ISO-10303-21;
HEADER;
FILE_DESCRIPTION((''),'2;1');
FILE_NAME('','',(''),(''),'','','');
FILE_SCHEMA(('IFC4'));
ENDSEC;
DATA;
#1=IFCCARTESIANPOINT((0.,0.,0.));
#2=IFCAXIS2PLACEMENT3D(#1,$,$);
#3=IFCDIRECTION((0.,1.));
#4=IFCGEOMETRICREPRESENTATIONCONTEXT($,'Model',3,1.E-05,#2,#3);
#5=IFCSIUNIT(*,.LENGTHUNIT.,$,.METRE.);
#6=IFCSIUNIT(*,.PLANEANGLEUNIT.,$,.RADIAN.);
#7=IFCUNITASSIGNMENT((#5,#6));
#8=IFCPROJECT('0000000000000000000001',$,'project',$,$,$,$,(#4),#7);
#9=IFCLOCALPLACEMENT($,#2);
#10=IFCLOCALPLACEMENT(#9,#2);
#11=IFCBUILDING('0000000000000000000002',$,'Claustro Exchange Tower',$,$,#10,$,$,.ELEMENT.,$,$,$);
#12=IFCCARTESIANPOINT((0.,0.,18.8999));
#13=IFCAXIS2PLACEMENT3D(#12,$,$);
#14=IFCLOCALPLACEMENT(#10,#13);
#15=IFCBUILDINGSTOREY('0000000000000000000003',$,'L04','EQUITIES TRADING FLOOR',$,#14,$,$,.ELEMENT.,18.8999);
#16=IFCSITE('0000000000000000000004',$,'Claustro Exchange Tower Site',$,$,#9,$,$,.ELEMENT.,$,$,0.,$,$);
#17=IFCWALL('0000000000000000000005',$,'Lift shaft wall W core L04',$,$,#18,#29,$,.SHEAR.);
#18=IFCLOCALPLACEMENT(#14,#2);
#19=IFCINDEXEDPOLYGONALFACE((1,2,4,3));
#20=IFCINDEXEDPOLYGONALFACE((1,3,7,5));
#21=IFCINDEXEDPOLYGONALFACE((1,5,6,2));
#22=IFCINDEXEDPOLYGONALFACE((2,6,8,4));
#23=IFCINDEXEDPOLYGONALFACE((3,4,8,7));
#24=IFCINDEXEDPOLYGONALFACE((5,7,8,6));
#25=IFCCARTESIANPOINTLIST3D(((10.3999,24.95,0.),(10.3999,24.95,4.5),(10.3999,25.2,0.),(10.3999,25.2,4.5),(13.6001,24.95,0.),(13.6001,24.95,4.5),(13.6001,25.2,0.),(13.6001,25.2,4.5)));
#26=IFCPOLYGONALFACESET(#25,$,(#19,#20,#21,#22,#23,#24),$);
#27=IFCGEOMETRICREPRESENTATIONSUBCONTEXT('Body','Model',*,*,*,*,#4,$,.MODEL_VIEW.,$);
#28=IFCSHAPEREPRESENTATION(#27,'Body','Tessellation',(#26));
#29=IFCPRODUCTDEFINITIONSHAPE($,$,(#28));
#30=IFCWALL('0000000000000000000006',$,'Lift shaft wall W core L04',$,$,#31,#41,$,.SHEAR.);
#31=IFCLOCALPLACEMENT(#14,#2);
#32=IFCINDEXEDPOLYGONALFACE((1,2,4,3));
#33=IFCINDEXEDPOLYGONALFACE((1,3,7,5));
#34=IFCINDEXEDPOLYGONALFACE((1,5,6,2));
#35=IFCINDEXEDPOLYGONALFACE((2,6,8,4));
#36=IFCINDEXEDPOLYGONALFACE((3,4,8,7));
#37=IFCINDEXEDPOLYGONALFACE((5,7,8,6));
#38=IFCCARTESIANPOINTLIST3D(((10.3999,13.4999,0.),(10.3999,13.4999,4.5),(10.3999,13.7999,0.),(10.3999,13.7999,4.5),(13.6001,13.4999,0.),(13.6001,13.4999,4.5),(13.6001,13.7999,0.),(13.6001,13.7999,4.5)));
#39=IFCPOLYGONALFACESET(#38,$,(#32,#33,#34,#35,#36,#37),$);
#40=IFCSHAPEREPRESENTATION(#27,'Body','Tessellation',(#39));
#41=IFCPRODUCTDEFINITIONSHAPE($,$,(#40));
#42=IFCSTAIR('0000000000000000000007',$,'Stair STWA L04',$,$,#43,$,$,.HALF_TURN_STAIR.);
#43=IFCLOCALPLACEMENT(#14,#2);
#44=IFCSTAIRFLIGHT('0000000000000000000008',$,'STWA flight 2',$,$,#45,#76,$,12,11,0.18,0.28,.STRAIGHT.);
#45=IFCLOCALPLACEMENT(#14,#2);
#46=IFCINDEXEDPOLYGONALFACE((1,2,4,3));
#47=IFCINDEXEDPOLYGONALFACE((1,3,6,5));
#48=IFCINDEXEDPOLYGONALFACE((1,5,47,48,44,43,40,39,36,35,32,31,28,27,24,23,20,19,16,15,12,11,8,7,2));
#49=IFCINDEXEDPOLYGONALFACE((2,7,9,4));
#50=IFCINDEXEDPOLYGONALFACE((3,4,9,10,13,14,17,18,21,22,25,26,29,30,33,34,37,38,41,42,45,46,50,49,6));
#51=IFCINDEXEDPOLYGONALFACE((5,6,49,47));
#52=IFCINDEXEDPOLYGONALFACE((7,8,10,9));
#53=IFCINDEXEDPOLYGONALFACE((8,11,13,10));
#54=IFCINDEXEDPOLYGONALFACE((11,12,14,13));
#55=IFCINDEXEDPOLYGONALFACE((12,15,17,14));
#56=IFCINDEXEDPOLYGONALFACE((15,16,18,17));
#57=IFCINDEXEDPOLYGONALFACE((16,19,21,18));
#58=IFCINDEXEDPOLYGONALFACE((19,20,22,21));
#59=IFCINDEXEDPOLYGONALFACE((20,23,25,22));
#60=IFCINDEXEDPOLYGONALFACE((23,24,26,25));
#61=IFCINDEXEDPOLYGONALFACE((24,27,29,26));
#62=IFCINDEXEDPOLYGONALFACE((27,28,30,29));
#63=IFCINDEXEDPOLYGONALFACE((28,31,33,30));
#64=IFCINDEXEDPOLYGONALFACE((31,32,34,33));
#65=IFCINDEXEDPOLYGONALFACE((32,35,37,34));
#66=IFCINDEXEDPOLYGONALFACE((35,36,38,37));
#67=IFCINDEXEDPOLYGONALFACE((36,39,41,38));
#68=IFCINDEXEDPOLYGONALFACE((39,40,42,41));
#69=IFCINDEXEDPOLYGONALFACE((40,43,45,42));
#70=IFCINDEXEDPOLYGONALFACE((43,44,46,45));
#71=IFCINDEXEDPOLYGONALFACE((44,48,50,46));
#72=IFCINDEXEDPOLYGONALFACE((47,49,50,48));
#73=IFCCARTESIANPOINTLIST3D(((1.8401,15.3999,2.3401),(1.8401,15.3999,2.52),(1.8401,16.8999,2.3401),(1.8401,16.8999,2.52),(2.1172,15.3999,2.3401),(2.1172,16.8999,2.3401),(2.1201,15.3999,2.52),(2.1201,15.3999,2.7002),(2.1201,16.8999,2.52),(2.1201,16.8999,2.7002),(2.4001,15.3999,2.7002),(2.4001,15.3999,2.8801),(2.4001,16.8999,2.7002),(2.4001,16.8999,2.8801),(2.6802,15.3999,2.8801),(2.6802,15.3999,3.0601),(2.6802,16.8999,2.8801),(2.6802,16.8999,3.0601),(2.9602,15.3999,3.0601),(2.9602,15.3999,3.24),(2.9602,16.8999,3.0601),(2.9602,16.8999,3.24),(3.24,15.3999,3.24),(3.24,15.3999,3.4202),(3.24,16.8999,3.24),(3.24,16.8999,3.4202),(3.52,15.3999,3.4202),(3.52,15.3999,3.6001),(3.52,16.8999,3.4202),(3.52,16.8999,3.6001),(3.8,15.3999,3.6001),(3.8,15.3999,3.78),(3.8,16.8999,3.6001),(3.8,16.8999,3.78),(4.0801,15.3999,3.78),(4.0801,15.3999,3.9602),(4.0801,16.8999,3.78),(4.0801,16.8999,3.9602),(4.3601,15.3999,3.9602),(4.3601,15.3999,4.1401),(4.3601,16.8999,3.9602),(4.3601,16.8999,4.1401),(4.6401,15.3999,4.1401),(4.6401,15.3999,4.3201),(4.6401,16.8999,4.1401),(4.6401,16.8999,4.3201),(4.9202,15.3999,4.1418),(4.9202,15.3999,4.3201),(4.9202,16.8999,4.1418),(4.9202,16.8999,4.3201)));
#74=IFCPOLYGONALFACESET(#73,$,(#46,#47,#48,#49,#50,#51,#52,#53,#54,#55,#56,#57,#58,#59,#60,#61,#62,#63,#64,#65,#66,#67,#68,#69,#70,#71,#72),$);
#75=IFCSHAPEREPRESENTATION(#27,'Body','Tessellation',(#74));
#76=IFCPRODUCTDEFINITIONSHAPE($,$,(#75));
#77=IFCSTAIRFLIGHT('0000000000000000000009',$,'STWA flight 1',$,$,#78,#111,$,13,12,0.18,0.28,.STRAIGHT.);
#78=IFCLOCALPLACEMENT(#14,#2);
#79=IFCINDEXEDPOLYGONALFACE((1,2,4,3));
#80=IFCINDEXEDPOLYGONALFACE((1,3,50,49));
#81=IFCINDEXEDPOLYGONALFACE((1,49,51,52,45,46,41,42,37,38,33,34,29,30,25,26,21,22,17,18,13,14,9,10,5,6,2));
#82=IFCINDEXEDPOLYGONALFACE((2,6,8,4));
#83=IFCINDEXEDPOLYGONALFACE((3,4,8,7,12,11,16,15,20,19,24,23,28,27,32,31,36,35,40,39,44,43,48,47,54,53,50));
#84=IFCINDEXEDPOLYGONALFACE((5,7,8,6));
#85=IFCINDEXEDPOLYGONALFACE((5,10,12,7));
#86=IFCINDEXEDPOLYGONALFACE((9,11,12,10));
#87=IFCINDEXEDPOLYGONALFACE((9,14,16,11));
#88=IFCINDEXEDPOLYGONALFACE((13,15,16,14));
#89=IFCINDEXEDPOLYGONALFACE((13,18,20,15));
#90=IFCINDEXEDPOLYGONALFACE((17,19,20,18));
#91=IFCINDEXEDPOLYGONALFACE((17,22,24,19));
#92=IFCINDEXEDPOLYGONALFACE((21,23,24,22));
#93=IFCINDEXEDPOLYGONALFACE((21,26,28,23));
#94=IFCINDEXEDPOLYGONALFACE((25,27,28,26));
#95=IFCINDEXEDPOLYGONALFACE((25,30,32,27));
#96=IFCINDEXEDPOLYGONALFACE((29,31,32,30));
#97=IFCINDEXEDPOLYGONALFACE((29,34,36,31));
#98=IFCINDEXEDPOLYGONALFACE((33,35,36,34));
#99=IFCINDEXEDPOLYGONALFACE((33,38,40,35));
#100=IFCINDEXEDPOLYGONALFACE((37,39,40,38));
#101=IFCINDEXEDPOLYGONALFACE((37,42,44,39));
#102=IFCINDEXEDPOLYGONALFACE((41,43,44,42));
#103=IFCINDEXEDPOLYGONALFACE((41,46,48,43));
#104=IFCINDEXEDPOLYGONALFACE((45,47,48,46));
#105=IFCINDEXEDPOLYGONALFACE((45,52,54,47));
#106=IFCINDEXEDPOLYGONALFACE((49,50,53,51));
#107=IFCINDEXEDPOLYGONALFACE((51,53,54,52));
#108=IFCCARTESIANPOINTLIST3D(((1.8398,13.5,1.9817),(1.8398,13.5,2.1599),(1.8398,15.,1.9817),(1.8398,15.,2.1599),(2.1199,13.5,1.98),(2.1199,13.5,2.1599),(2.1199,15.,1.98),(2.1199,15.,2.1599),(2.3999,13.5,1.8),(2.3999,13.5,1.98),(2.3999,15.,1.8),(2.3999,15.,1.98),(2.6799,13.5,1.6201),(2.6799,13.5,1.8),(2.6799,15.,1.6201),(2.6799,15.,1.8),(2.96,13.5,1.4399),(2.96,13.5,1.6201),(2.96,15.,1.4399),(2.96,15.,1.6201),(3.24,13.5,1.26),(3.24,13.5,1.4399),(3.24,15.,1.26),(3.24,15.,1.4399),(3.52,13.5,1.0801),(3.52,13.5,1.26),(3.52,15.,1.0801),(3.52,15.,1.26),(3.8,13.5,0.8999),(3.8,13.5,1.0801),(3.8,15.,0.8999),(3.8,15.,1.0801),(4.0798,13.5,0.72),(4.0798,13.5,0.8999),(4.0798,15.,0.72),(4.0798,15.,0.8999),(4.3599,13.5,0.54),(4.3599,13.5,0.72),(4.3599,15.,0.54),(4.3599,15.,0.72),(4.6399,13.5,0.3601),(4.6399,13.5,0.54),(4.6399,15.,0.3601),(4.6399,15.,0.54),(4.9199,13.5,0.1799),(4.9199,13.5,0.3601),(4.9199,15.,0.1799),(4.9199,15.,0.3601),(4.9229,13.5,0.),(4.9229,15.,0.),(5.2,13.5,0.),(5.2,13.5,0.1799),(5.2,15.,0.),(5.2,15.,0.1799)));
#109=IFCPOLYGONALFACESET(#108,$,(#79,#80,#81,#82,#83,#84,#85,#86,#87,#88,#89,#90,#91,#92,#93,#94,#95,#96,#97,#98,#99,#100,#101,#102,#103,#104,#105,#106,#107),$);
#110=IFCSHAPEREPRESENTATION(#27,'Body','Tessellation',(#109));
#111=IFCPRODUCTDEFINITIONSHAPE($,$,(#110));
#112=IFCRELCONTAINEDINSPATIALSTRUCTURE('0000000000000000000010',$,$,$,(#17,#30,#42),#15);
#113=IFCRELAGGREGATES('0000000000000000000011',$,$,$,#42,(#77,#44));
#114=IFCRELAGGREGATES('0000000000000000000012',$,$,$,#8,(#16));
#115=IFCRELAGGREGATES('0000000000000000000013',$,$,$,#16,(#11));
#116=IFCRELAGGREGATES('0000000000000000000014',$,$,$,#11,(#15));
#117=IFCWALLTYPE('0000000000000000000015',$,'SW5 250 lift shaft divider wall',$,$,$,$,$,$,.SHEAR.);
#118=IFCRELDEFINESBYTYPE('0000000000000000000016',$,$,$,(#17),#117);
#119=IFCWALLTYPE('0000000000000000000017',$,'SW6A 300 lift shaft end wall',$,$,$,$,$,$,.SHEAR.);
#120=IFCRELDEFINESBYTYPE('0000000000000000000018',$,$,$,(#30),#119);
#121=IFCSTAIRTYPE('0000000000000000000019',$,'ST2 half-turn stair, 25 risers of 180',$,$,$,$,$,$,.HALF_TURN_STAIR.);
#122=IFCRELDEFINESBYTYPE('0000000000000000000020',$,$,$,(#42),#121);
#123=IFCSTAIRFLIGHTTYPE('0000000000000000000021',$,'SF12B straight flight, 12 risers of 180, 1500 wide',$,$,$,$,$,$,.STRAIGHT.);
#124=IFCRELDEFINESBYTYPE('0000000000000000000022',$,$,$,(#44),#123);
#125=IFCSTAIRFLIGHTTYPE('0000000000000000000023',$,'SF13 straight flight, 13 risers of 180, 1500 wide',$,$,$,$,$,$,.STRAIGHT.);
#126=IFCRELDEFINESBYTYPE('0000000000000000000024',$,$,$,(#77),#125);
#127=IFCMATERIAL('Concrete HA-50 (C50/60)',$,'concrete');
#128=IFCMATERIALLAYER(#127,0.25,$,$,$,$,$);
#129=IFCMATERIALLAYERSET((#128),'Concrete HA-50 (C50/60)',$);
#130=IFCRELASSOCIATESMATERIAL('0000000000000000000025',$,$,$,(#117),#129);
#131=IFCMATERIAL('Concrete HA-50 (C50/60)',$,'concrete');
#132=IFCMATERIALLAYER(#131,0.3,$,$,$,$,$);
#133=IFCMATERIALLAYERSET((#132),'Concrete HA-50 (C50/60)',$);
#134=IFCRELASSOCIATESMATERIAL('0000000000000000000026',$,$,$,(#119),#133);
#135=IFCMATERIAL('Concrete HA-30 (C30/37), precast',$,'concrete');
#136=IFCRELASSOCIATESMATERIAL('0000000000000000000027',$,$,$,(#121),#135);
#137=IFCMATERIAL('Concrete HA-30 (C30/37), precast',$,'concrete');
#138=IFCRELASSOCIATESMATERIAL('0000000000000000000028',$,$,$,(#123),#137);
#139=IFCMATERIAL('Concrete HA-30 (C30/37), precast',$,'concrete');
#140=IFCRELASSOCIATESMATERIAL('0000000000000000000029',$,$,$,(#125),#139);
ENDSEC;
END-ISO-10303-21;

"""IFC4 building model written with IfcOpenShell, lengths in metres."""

from ifc_helpers import new_model, si_unit, direction, frame, frame_2d, origin, place, context, subcontext, project, spatial, polyline, rectangle, outline, extrude, material, layer, layer_set, type_object, element, aggregate, save


model = new_model("IFC4")

# Units and contexts
model_context = context("Model", 3, precision=1e-05, world=origin(), true_north=direction((0.0, 1.0)))
body_context = subcontext(model_context, "Body", "Model", "MODEL_VIEW")
ifc_project = project(units=[si_unit("LENGTHUNIT", "METRE"), si_unit("PLANEANGLEUNIT", "RADIAN")], contexts=[model_context])

# Site, building, storey
site_placement = place(None, origin())
site = spatial("IfcSite", under=ifc_project, at=site_placement, Name="Claustro Exchange Tower Site", CompositionType="ELEMENT", RefElevation=0.0)
building_placement = place(site_placement, origin())
building = spatial("IfcBuilding", under=site, at=building_placement, Name="Claustro Exchange Tower", CompositionType="ELEMENT")
storey_placement = place(building_placement, frame((0.0, 0.0, 18.8999)))
storey = spatial("IfcBuildingStorey", under=building, at=storey_placement, Name="L04", Description="EQUITIES TRADING FLOOR", CompositionType="ELEMENT", Elevation=18.8999)

# Walls
ifc_material_1 = material(Name="Concrete HA-50 (C50/60)", Category="concrete")
ifc_layer_1 = layer(ifc_material_1, 0.25)
ifc_layer_set_1 = layer_set([ifc_layer_1], Name="Concrete HA-50 (C50/60)")
wall_type_1 = type_object("IfcWallType", Name="SW5 250 lift shaft divider wall", PredefinedType="SHEAR", material=ifc_layer_set_1)
for number, where, z_axis, x_axis, name in (
    (1, (10.3999, 25.075, 0.0), (0.0, 0.0, 1.0), (1.0, 0.0, 0.0), "Lift shaft wall W core L04"),
):
    element("IfcWall", number, at=place(storey_placement, frame(where, z_axis=z_axis, x_axis=x_axis)), inside=storey, type_object=wall_type_1, Name=name, PredefinedType="SHEAR", context=body_context, shape_type="SweptSolid", body=[
        extrude(rectangle(XDim=3.2002, YDim=0.25, at=frame_2d((1.6001, 0.0))), origin(), (0.0, 0.0, 1.0), 4.5),
    ])
ifc_material_2 = material(Name="Concrete HA-50 (C50/60)", Category="concrete")
ifc_layer_2 = layer(ifc_material_2, 0.3)
ifc_layer_set_2 = layer_set([ifc_layer_2], Name="Concrete HA-50 (C50/60)")
wall_type_2 = type_object("IfcWallType", Name="SW6A 300 lift shaft end wall", PredefinedType="SHEAR", material=ifc_layer_set_2)
wall_1_placement = place(storey_placement, frame((10.3999, 13.6499, 0.0), z_axis=(0.0, 0.0, 1.0), x_axis=(1.0, 0.0, 0.0)))
element("IfcWall", 2, at=wall_1_placement, inside=storey, type_object=wall_type_2, Name="Lift shaft wall W core L04", PredefinedType="SHEAR", context=body_context, shape_type="SweptSolid", body=[
    extrude(rectangle(XDim=3.2002, YDim=0.3, at=frame_2d((1.6001, 0.0))), origin(), (0.0, 0.0, 1.0), 4.5),
])

# Stair, stair flights
ifc_material_3 = material(Name="Concrete HA-30 (C30/37), precast", Category="concrete")
stair_type = type_object("IfcStairType", Name="ST2 half-turn stair, 25 risers of 180", PredefinedType="HALF_TURN_STAIR", material=ifc_material_3)
stair_placement = place(storey_placement, origin())
stair = element("IfcStair", 3, at=stair_placement, inside=storey, type_object=stair_type, Name="Stair STWA L04", PredefinedType="HALF_TURN_STAIR")
ifc_material_4 = material(Name="Concrete HA-30 (C30/37), precast", Category="concrete")
stair_flight_type_1 = type_object("IfcStairFlightType", Name="SF12B straight flight, 12 risers of 180, 1500 wide", PredefinedType="STRAIGHT", material=ifc_material_4)
stair_flight_1_placement = place(storey_placement, frame((1.8401, 16.1499, 2.3401), z_axis=(0.0, 0.0, 1.0), x_axis=(1.0, 0.0, 0.0)))
stair_flight_1 = element("IfcStairFlight", 4, at=stair_flight_1_placement, type_object=stair_flight_type_1, Name="STWA flight 2", NumberOfRisers=12, NumberOfTreads=11, PredefinedType="STRAIGHT", RiserHeight=0.18, TreadLength=0.28, context=body_context, shape_type="SweptSolid", body=[
    extrude(outline(polyline([(0.0, 0.0), (0.0, 0.1799), (0.28, 0.1799), (0.28, 0.3601), (0.5601, 0.3601), (0.5601, 0.54), (0.8401, 0.54), (0.8401, 0.72), (1.1201, 0.72), (1.1201, 0.8999), (1.3999, 0.8999), (1.3999, 1.0801), (1.6799, 1.0801), (1.6799, 1.26), (1.96, 1.26), (1.96, 1.4399), (2.24, 1.4399), (2.24, 1.6201), (2.52, 1.6201), (2.52, 1.8), (2.8, 1.8), (2.8, 1.98), (3.0801, 1.98), (3.0801, 2.1599), (3.0801, 1.8018), (0.2771, 0.0), (0.0, 0.0)])), frame((0.0, 0.75, 0.0), z_axis=(0.0, -1.0, 0.0), x_axis=(1.0, 0.0, 0.0)), (0.0, 0.0, 1.0), 1.5),
])
ifc_material_5 = material(Name="Concrete HA-30 (C30/37), precast", Category="concrete")
stair_flight_type_2 = type_object("IfcStairFlightType", Name="SF13 straight flight, 13 risers of 180, 1500 wide", PredefinedType="STRAIGHT", material=ifc_material_5)
stair_flight_2_placement = place(storey_placement, frame((5.2, 14.25, 0.0), z_axis=(0.0, 0.0, 1.0), x_axis=(-1.0, 0.0, 0.0)))
stair_flight_2 = element("IfcStairFlight", 5, at=stair_flight_2_placement, type_object=stair_flight_type_2, Name="STWA flight 1", NumberOfRisers=13, NumberOfTreads=12, PredefinedType="STRAIGHT", RiserHeight=0.18, TreadLength=0.28, context=body_context, shape_type="SweptSolid", body=[
    extrude(outline(polyline([(0.0, 0.0), (0.0, 0.1799), (0.28, 0.1799), (0.28, 0.3601), (0.5601, 0.3601), (0.5601, 0.54), (0.8401, 0.54), (0.8401, 0.72), (1.1201, 0.72), (1.1201, 0.8999), (1.3999, 0.8999), (1.3999, 1.0801), (1.6799, 1.0801), (1.6799, 1.26), (1.96, 1.26), (1.96, 1.4399), (2.24, 1.4399), (2.24, 1.6201), (2.52, 1.6201), (2.52, 1.8), (2.8, 1.8), (2.8, 1.98), (3.0801, 1.98), (3.0801, 2.1599), (3.3601, 2.1599), (3.3601, 2.3401), (3.3601, 1.9817), (0.2771, 0.0), (0.0, 0.0)])), frame((0.0, 0.75, 0.0), z_axis=(0.0, -1.0, 0.0), x_axis=(1.0, 0.0, 0.0)), (0.0, 0.0, 1.0), 1.5),
])
aggregate(stair, [stair_flight_2, stair_flight_1])

save(model, "model.ifc")
